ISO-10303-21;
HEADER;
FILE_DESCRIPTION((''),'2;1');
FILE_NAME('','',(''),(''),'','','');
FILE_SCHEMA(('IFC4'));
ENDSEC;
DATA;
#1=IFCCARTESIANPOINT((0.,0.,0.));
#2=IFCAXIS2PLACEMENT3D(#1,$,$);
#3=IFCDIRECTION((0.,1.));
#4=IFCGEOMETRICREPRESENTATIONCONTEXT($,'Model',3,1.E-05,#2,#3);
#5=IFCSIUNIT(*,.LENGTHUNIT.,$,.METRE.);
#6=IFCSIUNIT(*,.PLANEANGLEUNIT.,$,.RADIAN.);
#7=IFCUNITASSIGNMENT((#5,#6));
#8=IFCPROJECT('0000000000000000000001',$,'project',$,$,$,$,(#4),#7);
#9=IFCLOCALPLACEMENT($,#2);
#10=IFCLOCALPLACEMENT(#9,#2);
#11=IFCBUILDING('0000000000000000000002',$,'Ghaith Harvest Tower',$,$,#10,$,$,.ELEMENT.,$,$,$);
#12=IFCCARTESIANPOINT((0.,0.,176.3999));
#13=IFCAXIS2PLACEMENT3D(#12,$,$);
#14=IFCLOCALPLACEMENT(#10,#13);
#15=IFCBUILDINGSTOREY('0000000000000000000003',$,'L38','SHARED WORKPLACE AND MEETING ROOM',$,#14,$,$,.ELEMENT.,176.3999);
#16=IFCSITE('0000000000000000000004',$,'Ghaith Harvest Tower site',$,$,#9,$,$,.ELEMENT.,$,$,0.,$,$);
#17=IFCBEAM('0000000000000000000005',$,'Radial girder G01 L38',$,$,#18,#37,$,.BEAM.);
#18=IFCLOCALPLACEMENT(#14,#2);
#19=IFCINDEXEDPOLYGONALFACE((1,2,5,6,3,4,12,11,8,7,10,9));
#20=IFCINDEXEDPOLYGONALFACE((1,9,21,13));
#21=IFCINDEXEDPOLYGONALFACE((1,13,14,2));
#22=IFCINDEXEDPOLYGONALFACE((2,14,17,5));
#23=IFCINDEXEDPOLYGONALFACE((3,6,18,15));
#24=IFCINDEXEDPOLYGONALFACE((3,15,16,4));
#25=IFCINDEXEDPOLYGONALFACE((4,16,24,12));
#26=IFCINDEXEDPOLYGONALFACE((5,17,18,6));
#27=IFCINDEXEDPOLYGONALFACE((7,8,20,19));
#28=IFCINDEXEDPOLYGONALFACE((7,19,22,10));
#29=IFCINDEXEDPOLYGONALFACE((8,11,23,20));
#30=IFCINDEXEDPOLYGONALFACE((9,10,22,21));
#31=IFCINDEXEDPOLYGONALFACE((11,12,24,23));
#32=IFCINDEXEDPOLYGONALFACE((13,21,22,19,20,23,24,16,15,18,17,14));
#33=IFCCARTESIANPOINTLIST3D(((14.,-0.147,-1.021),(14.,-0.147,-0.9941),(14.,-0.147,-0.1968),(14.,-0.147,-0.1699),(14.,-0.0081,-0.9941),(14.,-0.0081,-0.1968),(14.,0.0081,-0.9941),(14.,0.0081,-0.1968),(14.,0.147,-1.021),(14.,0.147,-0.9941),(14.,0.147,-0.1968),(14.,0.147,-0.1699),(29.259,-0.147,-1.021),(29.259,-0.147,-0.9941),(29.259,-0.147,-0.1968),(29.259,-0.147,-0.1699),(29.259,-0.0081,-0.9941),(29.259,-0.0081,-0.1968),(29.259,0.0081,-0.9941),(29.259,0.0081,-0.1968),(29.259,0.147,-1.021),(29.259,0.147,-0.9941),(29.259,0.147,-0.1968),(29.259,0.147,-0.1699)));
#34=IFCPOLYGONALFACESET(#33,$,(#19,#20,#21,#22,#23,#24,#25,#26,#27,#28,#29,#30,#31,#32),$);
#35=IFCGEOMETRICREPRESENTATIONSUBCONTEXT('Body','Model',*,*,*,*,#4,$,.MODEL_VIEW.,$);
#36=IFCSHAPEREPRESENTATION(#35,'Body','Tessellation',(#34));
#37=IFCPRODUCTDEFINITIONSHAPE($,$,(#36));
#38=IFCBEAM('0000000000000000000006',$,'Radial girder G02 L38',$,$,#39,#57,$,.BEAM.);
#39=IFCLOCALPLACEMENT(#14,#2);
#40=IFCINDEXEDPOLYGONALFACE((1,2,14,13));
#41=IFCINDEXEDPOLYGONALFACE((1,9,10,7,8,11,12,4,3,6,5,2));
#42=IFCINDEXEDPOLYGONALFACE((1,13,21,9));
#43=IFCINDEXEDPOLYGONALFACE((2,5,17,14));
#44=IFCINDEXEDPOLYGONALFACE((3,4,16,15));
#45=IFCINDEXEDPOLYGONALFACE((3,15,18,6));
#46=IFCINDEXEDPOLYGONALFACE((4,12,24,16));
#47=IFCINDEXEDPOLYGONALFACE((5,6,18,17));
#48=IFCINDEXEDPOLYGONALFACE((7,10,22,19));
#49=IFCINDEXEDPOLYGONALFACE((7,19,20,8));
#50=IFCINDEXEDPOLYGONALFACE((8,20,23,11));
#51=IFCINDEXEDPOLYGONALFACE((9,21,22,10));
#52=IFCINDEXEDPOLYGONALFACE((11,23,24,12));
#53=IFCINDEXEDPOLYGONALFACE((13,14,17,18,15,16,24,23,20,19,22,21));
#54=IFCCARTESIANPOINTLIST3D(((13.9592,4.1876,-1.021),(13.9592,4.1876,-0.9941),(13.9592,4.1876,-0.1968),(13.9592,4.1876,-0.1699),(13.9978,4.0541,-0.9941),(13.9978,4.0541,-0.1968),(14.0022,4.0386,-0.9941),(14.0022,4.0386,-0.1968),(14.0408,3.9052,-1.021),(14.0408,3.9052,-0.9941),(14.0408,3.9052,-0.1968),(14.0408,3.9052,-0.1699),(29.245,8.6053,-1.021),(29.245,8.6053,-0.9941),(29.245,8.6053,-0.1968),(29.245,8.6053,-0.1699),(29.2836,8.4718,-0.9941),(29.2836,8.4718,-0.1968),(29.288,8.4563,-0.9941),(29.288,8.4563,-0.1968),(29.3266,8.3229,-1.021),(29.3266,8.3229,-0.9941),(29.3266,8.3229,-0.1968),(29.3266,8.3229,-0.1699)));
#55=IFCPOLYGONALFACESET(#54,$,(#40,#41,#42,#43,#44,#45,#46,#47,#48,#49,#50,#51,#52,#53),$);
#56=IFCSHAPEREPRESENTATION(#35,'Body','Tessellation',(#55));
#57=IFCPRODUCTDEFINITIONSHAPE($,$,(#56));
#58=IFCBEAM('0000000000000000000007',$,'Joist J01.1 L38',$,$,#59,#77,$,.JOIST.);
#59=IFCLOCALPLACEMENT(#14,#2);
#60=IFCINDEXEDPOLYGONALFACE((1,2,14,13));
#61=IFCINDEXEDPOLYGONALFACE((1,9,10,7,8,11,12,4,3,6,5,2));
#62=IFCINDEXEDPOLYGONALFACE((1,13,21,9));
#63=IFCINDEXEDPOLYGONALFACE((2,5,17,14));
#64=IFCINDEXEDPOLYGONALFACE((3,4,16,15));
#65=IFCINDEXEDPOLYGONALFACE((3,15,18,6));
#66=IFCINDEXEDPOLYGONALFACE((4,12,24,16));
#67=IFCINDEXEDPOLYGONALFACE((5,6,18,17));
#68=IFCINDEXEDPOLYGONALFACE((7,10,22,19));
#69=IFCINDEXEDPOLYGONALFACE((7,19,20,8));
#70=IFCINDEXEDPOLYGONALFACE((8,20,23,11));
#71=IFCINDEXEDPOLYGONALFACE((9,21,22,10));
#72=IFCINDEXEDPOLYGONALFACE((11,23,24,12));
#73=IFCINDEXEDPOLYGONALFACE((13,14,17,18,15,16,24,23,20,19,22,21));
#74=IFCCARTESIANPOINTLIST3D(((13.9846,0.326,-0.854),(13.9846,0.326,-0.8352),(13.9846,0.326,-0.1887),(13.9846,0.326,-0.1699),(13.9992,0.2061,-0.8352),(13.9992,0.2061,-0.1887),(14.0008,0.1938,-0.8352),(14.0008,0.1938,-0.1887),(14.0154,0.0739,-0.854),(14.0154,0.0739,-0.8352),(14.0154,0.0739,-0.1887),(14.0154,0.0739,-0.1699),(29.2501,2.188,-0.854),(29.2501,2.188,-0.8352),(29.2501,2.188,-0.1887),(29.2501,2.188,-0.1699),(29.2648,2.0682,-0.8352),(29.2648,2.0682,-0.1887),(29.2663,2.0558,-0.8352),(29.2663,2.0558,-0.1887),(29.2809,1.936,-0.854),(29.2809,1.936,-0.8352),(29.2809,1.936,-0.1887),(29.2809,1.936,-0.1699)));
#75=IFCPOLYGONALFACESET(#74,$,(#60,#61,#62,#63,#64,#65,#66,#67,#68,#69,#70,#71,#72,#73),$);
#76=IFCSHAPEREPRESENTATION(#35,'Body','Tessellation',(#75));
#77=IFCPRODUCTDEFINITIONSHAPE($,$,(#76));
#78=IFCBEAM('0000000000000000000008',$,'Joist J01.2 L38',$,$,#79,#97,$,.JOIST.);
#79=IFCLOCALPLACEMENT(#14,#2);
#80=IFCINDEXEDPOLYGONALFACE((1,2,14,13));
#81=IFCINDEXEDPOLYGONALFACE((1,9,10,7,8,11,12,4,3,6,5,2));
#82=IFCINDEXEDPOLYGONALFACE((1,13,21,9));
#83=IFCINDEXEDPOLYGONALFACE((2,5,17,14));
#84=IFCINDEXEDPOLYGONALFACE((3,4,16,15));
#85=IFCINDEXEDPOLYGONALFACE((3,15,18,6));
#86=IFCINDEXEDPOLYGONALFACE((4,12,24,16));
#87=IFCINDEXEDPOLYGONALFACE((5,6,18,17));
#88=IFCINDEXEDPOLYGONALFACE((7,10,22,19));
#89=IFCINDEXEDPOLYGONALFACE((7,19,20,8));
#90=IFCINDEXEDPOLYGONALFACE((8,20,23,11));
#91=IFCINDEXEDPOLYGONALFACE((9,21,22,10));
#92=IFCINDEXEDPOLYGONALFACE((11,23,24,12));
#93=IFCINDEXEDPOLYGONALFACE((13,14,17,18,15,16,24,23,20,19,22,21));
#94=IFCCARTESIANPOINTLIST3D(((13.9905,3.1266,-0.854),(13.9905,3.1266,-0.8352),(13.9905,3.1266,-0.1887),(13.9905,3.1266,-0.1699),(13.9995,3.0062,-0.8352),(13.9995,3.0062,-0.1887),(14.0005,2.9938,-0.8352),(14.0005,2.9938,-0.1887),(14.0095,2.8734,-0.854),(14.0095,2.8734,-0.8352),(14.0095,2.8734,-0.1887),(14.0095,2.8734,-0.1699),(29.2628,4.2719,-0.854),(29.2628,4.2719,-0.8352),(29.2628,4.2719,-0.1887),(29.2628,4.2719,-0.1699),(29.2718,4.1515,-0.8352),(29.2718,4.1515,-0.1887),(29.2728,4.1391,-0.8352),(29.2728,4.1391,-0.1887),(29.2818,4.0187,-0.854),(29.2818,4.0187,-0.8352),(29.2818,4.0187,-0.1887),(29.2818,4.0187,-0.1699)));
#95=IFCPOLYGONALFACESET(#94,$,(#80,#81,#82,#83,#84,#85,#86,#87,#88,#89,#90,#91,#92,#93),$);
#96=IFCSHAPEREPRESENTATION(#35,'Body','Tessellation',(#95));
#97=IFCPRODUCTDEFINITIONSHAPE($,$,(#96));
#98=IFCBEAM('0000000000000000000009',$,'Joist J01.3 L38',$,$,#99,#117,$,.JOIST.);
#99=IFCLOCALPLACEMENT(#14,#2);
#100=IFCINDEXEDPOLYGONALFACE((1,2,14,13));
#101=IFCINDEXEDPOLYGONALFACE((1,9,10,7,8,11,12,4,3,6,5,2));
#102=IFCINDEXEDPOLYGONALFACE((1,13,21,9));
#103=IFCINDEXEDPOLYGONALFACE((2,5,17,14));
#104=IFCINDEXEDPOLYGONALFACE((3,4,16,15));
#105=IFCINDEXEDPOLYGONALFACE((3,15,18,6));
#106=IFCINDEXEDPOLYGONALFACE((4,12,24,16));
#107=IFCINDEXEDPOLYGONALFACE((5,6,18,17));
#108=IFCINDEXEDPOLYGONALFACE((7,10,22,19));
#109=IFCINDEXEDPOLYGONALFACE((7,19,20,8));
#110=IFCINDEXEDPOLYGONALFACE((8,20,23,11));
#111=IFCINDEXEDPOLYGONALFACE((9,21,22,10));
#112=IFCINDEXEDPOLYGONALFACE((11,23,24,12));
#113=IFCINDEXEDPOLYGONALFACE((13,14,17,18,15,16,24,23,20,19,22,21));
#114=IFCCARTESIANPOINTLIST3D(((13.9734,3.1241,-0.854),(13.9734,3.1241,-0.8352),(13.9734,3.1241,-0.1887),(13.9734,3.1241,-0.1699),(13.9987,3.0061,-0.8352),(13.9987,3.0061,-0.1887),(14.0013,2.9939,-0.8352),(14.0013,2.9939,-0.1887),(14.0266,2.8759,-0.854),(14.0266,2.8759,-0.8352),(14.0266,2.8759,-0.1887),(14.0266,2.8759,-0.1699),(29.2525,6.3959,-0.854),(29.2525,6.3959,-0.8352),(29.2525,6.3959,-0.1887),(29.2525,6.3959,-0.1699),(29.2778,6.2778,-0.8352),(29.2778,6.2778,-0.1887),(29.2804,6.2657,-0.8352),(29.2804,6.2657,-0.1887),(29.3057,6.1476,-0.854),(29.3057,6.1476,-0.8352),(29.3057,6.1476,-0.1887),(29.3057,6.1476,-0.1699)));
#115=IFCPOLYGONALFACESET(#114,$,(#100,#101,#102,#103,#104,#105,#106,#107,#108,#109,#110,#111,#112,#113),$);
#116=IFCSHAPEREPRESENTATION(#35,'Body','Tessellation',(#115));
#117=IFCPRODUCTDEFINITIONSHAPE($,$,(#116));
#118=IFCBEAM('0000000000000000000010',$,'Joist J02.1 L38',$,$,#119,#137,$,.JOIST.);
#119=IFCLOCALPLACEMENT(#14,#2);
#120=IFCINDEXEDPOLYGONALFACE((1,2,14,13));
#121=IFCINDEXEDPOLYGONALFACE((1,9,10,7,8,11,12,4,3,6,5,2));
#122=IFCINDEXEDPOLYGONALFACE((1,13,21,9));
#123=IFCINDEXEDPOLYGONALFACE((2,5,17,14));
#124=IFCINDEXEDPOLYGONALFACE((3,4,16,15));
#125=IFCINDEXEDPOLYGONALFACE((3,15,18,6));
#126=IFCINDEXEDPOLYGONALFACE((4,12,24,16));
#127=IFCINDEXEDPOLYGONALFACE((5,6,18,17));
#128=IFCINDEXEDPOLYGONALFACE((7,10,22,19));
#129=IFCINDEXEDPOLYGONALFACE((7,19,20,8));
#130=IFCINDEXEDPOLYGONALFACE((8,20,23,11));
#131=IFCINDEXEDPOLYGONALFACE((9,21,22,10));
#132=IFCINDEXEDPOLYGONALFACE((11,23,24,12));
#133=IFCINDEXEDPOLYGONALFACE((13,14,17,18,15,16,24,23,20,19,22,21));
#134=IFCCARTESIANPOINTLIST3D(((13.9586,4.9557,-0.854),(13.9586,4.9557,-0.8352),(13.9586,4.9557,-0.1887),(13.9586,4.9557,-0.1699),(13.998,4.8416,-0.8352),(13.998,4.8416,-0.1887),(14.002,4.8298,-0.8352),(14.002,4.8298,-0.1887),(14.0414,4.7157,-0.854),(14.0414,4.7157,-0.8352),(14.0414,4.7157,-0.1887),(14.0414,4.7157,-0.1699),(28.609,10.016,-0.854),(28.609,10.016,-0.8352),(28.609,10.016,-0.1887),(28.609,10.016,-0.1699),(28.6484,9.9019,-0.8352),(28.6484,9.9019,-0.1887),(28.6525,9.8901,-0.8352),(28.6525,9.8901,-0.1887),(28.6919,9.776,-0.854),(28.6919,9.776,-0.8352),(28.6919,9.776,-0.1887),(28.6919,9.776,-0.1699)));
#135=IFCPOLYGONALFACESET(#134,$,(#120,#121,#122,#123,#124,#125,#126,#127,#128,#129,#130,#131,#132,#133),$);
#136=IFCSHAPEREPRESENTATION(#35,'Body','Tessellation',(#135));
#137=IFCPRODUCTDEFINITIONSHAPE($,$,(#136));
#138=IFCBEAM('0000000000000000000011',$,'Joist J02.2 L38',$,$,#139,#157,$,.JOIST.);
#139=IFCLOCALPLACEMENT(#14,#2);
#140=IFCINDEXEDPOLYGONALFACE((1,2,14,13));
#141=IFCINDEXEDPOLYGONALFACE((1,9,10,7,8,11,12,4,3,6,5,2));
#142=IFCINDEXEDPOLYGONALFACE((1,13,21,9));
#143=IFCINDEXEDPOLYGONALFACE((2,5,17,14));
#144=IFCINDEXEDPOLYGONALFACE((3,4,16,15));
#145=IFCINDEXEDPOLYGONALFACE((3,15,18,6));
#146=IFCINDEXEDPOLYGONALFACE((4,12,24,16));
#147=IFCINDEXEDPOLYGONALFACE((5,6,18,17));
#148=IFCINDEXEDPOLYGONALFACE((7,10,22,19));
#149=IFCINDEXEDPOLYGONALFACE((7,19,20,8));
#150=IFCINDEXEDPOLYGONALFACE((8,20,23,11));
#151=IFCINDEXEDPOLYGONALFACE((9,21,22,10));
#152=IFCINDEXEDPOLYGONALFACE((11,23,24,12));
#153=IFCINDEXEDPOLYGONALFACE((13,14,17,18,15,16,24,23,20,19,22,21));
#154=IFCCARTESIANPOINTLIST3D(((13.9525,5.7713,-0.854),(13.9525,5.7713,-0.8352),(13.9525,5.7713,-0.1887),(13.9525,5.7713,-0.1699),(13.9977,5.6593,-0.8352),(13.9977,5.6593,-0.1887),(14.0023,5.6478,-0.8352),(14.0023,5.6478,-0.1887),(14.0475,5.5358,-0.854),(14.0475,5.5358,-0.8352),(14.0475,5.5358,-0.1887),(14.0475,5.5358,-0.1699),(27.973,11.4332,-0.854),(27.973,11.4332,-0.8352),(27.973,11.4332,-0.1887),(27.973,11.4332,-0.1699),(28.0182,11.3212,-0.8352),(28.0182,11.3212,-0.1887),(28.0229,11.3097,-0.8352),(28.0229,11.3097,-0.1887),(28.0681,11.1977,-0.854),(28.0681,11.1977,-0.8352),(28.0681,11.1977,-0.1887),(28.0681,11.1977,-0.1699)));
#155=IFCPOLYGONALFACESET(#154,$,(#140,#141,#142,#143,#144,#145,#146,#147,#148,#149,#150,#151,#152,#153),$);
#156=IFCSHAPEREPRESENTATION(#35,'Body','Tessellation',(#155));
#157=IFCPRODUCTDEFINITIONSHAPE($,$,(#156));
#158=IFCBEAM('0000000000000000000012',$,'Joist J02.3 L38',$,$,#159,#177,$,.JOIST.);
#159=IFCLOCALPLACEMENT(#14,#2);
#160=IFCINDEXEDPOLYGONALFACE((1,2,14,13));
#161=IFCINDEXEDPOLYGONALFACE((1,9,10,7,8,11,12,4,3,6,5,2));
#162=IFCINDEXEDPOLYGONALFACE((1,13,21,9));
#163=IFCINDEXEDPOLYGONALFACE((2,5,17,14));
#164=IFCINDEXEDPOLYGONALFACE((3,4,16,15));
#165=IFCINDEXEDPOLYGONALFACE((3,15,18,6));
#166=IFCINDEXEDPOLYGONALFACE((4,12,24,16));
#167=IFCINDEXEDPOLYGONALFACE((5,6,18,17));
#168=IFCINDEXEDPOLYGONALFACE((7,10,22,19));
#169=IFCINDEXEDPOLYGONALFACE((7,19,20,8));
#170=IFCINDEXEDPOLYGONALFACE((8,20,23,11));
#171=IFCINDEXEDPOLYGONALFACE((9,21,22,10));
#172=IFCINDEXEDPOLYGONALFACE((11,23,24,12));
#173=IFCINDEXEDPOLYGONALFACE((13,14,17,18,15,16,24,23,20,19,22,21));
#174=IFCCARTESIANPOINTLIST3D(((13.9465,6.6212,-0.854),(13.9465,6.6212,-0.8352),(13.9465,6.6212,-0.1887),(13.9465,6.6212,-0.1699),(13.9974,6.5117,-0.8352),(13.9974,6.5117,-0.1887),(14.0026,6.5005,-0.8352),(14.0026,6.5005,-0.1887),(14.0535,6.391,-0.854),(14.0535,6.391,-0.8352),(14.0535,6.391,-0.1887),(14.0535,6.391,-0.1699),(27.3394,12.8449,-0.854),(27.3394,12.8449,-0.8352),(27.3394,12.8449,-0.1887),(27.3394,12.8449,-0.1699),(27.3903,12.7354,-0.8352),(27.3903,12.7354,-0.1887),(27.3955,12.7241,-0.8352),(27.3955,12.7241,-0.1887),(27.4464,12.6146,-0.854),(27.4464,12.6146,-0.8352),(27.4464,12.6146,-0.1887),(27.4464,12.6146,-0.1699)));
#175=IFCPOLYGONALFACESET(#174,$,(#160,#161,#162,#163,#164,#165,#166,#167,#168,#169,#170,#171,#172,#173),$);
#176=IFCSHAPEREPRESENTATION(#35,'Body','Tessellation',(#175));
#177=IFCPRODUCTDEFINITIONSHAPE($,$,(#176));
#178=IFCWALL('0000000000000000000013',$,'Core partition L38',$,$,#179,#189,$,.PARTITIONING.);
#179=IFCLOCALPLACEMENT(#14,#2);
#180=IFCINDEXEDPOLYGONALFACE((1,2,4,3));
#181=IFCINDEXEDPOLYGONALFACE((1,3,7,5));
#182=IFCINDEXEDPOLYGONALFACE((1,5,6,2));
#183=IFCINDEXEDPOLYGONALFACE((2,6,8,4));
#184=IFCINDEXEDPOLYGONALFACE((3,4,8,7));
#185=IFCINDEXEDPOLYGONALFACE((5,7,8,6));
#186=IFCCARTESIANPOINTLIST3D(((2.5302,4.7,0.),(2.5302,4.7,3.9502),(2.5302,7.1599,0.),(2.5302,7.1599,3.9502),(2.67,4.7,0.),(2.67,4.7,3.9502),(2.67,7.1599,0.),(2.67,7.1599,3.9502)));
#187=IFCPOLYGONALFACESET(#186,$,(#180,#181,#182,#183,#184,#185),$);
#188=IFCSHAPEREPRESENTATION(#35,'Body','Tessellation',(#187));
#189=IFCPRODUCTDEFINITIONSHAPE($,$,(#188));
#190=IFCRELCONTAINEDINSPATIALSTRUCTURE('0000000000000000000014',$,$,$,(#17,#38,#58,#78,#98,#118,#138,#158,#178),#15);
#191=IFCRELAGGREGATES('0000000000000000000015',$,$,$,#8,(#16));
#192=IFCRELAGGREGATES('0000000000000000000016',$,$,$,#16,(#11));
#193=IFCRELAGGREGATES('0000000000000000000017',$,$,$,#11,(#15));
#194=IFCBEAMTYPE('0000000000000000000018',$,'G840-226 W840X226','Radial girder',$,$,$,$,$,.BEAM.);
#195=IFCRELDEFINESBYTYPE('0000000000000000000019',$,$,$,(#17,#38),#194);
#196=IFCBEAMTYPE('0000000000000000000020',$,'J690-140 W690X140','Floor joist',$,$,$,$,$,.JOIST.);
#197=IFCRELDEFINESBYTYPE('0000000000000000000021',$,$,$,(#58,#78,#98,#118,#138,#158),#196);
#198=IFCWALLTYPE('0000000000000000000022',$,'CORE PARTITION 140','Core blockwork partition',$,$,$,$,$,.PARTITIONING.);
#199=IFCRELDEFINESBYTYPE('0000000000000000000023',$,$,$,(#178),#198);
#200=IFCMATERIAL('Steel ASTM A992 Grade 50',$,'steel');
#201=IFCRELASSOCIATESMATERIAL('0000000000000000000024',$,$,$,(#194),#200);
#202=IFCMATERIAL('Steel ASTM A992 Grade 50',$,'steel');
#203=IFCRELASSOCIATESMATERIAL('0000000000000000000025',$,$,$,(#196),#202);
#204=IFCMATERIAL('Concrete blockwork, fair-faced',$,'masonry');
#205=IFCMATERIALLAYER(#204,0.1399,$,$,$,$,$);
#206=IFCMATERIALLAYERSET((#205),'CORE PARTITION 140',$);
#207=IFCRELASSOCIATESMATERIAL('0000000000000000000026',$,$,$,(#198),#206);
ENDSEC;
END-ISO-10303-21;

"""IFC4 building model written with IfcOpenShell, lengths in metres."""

from ifc_helpers import new_model, si_unit, direction, frame, frame_2d, origin, origin_2d, place, context, subcontext, project, spatial, rectangle, i_section, extrude, material, layer, layer_set, material_profile, profile_set, type_object, element, save


model = new_model("IFC4")

# Units and contexts
model_context = context("Model", 3, precision=1e-05, world=origin(), true_north=direction((0.0, 1.0)))
body_context = subcontext(model_context, "Body", "Model", "MODEL_VIEW")
ifc_project = project(units=[si_unit("LENGTHUNIT", "METRE"), si_unit("PLANEANGLEUNIT", "RADIAN")], contexts=[model_context])

# Site, building, storey
site_placement = place(None, origin())
site = spatial("IfcSite", under=ifc_project, at=site_placement, Name="Ghaith Harvest Tower site", CompositionType="ELEMENT", RefElevation=0.0)
building_placement = place(site_placement, origin())
building = spatial("IfcBuilding", under=site, at=building_placement, Name="Ghaith Harvest Tower", CompositionType="ELEMENT")
storey_placement = place(building_placement, frame((0.0, 0.0, 176.3999)))
storey = spatial("IfcBuildingStorey", under=building, at=storey_placement, Name="L38", Description="SHARED WORKPLACE AND MEETING ROOM", CompositionType="ELEMENT", Elevation=176.3999)

# Beams
ifc_material_1 = material(Name="Steel ASTM A992 Grade 50", Category="steel")
ifc_material_profile_1 = material_profile(ifc_material_1, i_section(OverallWidth=0.2939, OverallDepth=0.8511, WebThickness=0.0161, FlangeThickness=0.0269, at=origin_2d()), Name="W840X226")
ifc_profile_set_1 = profile_set([ifc_material_profile_1], Name="Steel ASTM A992 Grade 50")
beam_type_1 = type_object("IfcBeamType", Name="G840-226 W840X226", Description="Radial girder", PredefinedType="BEAM", material=ifc_profile_set_1)
beam_1_placement = place(storey_placement, frame((14.0, 0.0, -0.5955), z_axis=(1.0, 0.0, 0.0), x_axis=(0.0, 1.0, 0.0)))
element("IfcBeam", 1, at=beam_1_placement, inside=storey, type_object=beam_type_1, Name="Radial girder G01 L38", PredefinedType="BEAM", context=body_context, shape_type="SweptSolid", body=[
    extrude(i_section(OverallWidth=0.2939, OverallDepth=0.8511, WebThickness=0.0161, FlangeThickness=0.0269, at=origin_2d()), origin(), (0.0, 0.0, 1.0), 15.259),
])
beam_2_placement = place(storey_placement, frame((14.0, 4.0464, -0.5955), z_axis=(0.960684, 0.277644, 0.0), x_axis=(-0.277644, 0.960684, 0.0)))
element("IfcBeam", 2, at=beam_2_placement, inside=storey, type_object=beam_type_1, Name="Radial girder G02 L38", PredefinedType="BEAM", context=body_context, shape_type="SweptSolid", body=[
    extrude(i_section(OverallWidth=0.2939, OverallDepth=0.8511, WebThickness=0.0161, FlangeThickness=0.0269, at=origin_2d()), origin(), (0.0, 0.0, 1.0), 15.9114),
])
ifc_material_2 = material(Name="Steel ASTM A992 Grade 50", Category="steel")
ifc_material_profile_2 = material_profile(ifc_material_2, i_section(OverallWidth=0.2539, OverallDepth=0.6841, WebThickness=0.0125, FlangeThickness=0.0188, at=origin_2d()), Name="W690X140")
ifc_profile_set_2 = profile_set([ifc_material_profile_2], Name="Steel ASTM A992 Grade 50")
beam_type_2 = type_object("IfcBeamType", Name="J690-140 W690X140", Description="Floor joist", PredefinedType="JOIST", material=ifc_profile_set_2)
beam_3_placement = place(storey_placement, frame((14.0, 0.2, -0.512), z_axis=(0.992643, 0.12108, 0.0), x_axis=(-0.12108, 0.992643, 0.0)))
element("IfcBeam", 3, at=beam_3_placement, inside=storey, type_object=beam_type_2, Name="Joist J01.1 L38", PredefinedType="JOIST", context=body_context, shape_type="SweptSolid", body=[
    extrude(i_section(OverallWidth=0.2539, OverallDepth=0.6841, WebThickness=0.0125, FlangeThickness=0.0188, at=origin_2d()), origin(), (0.0, 0.0, 1.0), 15.3787),
])
beam_4_placement = place(storey_placement, frame((14.0, 3.0, -0.512), z_axis=(0.9972, 0.07478, 0.0), x_axis=(-0.07478, 0.9972, 0.0)))
element("IfcBeam", 4, at=beam_4_placement, inside=storey, type_object=beam_type_2, Name="Joist J01.2 L38", PredefinedType="JOIST", context=body_context, shape_type="SweptSolid", body=[
    extrude(i_section(OverallWidth=0.2539, OverallDepth=0.6841, WebThickness=0.0125, FlangeThickness=0.0188, at=origin_2d()), origin(), (0.0, 0.0, 1.0), 15.3152),
])
beam_5_placement = place(storey_placement, frame((14.0, 3.0, -0.512), z_axis=(0.977833, 0.209385, 0.0), x_axis=(-0.209385, 0.977833, 0.0)))
element("IfcBeam", 5, at=beam_5_placement, inside=storey, type_object=beam_type_2, Name="Joist J01.3 L38", PredefinedType="JOIST", context=body_context, shape_type="SweptSolid", body=[
    extrude(i_section(OverallWidth=0.2539, OverallDepth=0.6841, WebThickness=0.0125, FlangeThickness=0.0188, at=origin_2d()), origin(), (0.0, 0.0, 1.0), 15.6255),
])
beam_6_placement = place(storey_placement, frame((14.0, 4.8357, -0.512), z_axis=(0.945205, 0.326478, 0.0), x_axis=(-0.326478, 0.945205, 0.0)))
element("IfcBeam", 6, at=beam_6_placement, inside=storey, type_object=beam_type_2, Name="Joist J02.1 L38", PredefinedType="JOIST", context=body_context, shape_type="SweptSolid", body=[
    extrude(i_section(OverallWidth=0.2539, OverallDepth=0.6841, WebThickness=0.0125, FlangeThickness=0.0188, at=origin_2d()), origin(), (0.0, 0.0, 1.0), 15.4998),
])
beam_7_placement = place(storey_placement, frame((14.0, 5.6536, -0.512), z_axis=(0.927248, 0.374448, 0.0), x_axis=(-0.374448, 0.927248, 0.0)))
element("IfcBeam", 7, at=beam_7_placement, inside=storey, type_object=beam_type_2, Name="Joist J02.2 L38", PredefinedType="JOIST", context=body_context, shape_type="SweptSolid", body=[
    extrude(i_section(OverallWidth=0.2539, OverallDepth=0.6841, WebThickness=0.0125, FlangeThickness=0.0188, at=origin_2d()), origin(), (0.0, 0.0, 1.0), 15.1206),
])
beam_8_placement = place(storey_placement, frame((14.0, 6.5061, -0.512), z_axis=(0.906866, 0.42142, 0.0), x_axis=(-0.42142, 0.906866, 0.0)))
element("IfcBeam", 8, at=beam_8_placement, inside=storey, type_object=beam_type_2, Name="Joist J02.3 L38", PredefinedType="JOIST", context=body_context, shape_type="SweptSolid", body=[
    extrude(i_section(OverallWidth=0.2539, OverallDepth=0.6841, WebThickness=0.0125, FlangeThickness=0.0188, at=origin_2d()), origin(), (0.0, 0.0, 1.0), 14.7683),
])

# Wall
ifc_material_3 = material(Name="Concrete blockwork, fair-faced", Category="masonry")
ifc_layer_1 = layer(ifc_material_3, 0.1399)
ifc_layer_set_1 = layer_set([ifc_layer_1], Name="CORE PARTITION 140")
wall_type_1 = type_object("IfcWallType", Name="CORE PARTITION 140", Description="Core blockwork partition", PredefinedType="PARTITIONING", material=ifc_layer_set_1)
wall_1_placement = place(storey_placement, frame((2.6001, 4.7, 0.0), z_axis=(0.0, 0.0, 1.0), x_axis=(0.0, 1.0, 0.0)))
element("IfcWall", 9, at=wall_1_placement, inside=storey, type_object=wall_type_1, Name="Core partition L38", PredefinedType="PARTITIONING", context=body_context, shape_type="SweptSolid", body=[
    extrude(rectangle(XDim=2.46, YDim=0.1399, at=frame_2d((1.23, 0.0))), origin(), (0.0, 0.0, 1.0), 3.9502),
])

save(model, "model.ifc")
